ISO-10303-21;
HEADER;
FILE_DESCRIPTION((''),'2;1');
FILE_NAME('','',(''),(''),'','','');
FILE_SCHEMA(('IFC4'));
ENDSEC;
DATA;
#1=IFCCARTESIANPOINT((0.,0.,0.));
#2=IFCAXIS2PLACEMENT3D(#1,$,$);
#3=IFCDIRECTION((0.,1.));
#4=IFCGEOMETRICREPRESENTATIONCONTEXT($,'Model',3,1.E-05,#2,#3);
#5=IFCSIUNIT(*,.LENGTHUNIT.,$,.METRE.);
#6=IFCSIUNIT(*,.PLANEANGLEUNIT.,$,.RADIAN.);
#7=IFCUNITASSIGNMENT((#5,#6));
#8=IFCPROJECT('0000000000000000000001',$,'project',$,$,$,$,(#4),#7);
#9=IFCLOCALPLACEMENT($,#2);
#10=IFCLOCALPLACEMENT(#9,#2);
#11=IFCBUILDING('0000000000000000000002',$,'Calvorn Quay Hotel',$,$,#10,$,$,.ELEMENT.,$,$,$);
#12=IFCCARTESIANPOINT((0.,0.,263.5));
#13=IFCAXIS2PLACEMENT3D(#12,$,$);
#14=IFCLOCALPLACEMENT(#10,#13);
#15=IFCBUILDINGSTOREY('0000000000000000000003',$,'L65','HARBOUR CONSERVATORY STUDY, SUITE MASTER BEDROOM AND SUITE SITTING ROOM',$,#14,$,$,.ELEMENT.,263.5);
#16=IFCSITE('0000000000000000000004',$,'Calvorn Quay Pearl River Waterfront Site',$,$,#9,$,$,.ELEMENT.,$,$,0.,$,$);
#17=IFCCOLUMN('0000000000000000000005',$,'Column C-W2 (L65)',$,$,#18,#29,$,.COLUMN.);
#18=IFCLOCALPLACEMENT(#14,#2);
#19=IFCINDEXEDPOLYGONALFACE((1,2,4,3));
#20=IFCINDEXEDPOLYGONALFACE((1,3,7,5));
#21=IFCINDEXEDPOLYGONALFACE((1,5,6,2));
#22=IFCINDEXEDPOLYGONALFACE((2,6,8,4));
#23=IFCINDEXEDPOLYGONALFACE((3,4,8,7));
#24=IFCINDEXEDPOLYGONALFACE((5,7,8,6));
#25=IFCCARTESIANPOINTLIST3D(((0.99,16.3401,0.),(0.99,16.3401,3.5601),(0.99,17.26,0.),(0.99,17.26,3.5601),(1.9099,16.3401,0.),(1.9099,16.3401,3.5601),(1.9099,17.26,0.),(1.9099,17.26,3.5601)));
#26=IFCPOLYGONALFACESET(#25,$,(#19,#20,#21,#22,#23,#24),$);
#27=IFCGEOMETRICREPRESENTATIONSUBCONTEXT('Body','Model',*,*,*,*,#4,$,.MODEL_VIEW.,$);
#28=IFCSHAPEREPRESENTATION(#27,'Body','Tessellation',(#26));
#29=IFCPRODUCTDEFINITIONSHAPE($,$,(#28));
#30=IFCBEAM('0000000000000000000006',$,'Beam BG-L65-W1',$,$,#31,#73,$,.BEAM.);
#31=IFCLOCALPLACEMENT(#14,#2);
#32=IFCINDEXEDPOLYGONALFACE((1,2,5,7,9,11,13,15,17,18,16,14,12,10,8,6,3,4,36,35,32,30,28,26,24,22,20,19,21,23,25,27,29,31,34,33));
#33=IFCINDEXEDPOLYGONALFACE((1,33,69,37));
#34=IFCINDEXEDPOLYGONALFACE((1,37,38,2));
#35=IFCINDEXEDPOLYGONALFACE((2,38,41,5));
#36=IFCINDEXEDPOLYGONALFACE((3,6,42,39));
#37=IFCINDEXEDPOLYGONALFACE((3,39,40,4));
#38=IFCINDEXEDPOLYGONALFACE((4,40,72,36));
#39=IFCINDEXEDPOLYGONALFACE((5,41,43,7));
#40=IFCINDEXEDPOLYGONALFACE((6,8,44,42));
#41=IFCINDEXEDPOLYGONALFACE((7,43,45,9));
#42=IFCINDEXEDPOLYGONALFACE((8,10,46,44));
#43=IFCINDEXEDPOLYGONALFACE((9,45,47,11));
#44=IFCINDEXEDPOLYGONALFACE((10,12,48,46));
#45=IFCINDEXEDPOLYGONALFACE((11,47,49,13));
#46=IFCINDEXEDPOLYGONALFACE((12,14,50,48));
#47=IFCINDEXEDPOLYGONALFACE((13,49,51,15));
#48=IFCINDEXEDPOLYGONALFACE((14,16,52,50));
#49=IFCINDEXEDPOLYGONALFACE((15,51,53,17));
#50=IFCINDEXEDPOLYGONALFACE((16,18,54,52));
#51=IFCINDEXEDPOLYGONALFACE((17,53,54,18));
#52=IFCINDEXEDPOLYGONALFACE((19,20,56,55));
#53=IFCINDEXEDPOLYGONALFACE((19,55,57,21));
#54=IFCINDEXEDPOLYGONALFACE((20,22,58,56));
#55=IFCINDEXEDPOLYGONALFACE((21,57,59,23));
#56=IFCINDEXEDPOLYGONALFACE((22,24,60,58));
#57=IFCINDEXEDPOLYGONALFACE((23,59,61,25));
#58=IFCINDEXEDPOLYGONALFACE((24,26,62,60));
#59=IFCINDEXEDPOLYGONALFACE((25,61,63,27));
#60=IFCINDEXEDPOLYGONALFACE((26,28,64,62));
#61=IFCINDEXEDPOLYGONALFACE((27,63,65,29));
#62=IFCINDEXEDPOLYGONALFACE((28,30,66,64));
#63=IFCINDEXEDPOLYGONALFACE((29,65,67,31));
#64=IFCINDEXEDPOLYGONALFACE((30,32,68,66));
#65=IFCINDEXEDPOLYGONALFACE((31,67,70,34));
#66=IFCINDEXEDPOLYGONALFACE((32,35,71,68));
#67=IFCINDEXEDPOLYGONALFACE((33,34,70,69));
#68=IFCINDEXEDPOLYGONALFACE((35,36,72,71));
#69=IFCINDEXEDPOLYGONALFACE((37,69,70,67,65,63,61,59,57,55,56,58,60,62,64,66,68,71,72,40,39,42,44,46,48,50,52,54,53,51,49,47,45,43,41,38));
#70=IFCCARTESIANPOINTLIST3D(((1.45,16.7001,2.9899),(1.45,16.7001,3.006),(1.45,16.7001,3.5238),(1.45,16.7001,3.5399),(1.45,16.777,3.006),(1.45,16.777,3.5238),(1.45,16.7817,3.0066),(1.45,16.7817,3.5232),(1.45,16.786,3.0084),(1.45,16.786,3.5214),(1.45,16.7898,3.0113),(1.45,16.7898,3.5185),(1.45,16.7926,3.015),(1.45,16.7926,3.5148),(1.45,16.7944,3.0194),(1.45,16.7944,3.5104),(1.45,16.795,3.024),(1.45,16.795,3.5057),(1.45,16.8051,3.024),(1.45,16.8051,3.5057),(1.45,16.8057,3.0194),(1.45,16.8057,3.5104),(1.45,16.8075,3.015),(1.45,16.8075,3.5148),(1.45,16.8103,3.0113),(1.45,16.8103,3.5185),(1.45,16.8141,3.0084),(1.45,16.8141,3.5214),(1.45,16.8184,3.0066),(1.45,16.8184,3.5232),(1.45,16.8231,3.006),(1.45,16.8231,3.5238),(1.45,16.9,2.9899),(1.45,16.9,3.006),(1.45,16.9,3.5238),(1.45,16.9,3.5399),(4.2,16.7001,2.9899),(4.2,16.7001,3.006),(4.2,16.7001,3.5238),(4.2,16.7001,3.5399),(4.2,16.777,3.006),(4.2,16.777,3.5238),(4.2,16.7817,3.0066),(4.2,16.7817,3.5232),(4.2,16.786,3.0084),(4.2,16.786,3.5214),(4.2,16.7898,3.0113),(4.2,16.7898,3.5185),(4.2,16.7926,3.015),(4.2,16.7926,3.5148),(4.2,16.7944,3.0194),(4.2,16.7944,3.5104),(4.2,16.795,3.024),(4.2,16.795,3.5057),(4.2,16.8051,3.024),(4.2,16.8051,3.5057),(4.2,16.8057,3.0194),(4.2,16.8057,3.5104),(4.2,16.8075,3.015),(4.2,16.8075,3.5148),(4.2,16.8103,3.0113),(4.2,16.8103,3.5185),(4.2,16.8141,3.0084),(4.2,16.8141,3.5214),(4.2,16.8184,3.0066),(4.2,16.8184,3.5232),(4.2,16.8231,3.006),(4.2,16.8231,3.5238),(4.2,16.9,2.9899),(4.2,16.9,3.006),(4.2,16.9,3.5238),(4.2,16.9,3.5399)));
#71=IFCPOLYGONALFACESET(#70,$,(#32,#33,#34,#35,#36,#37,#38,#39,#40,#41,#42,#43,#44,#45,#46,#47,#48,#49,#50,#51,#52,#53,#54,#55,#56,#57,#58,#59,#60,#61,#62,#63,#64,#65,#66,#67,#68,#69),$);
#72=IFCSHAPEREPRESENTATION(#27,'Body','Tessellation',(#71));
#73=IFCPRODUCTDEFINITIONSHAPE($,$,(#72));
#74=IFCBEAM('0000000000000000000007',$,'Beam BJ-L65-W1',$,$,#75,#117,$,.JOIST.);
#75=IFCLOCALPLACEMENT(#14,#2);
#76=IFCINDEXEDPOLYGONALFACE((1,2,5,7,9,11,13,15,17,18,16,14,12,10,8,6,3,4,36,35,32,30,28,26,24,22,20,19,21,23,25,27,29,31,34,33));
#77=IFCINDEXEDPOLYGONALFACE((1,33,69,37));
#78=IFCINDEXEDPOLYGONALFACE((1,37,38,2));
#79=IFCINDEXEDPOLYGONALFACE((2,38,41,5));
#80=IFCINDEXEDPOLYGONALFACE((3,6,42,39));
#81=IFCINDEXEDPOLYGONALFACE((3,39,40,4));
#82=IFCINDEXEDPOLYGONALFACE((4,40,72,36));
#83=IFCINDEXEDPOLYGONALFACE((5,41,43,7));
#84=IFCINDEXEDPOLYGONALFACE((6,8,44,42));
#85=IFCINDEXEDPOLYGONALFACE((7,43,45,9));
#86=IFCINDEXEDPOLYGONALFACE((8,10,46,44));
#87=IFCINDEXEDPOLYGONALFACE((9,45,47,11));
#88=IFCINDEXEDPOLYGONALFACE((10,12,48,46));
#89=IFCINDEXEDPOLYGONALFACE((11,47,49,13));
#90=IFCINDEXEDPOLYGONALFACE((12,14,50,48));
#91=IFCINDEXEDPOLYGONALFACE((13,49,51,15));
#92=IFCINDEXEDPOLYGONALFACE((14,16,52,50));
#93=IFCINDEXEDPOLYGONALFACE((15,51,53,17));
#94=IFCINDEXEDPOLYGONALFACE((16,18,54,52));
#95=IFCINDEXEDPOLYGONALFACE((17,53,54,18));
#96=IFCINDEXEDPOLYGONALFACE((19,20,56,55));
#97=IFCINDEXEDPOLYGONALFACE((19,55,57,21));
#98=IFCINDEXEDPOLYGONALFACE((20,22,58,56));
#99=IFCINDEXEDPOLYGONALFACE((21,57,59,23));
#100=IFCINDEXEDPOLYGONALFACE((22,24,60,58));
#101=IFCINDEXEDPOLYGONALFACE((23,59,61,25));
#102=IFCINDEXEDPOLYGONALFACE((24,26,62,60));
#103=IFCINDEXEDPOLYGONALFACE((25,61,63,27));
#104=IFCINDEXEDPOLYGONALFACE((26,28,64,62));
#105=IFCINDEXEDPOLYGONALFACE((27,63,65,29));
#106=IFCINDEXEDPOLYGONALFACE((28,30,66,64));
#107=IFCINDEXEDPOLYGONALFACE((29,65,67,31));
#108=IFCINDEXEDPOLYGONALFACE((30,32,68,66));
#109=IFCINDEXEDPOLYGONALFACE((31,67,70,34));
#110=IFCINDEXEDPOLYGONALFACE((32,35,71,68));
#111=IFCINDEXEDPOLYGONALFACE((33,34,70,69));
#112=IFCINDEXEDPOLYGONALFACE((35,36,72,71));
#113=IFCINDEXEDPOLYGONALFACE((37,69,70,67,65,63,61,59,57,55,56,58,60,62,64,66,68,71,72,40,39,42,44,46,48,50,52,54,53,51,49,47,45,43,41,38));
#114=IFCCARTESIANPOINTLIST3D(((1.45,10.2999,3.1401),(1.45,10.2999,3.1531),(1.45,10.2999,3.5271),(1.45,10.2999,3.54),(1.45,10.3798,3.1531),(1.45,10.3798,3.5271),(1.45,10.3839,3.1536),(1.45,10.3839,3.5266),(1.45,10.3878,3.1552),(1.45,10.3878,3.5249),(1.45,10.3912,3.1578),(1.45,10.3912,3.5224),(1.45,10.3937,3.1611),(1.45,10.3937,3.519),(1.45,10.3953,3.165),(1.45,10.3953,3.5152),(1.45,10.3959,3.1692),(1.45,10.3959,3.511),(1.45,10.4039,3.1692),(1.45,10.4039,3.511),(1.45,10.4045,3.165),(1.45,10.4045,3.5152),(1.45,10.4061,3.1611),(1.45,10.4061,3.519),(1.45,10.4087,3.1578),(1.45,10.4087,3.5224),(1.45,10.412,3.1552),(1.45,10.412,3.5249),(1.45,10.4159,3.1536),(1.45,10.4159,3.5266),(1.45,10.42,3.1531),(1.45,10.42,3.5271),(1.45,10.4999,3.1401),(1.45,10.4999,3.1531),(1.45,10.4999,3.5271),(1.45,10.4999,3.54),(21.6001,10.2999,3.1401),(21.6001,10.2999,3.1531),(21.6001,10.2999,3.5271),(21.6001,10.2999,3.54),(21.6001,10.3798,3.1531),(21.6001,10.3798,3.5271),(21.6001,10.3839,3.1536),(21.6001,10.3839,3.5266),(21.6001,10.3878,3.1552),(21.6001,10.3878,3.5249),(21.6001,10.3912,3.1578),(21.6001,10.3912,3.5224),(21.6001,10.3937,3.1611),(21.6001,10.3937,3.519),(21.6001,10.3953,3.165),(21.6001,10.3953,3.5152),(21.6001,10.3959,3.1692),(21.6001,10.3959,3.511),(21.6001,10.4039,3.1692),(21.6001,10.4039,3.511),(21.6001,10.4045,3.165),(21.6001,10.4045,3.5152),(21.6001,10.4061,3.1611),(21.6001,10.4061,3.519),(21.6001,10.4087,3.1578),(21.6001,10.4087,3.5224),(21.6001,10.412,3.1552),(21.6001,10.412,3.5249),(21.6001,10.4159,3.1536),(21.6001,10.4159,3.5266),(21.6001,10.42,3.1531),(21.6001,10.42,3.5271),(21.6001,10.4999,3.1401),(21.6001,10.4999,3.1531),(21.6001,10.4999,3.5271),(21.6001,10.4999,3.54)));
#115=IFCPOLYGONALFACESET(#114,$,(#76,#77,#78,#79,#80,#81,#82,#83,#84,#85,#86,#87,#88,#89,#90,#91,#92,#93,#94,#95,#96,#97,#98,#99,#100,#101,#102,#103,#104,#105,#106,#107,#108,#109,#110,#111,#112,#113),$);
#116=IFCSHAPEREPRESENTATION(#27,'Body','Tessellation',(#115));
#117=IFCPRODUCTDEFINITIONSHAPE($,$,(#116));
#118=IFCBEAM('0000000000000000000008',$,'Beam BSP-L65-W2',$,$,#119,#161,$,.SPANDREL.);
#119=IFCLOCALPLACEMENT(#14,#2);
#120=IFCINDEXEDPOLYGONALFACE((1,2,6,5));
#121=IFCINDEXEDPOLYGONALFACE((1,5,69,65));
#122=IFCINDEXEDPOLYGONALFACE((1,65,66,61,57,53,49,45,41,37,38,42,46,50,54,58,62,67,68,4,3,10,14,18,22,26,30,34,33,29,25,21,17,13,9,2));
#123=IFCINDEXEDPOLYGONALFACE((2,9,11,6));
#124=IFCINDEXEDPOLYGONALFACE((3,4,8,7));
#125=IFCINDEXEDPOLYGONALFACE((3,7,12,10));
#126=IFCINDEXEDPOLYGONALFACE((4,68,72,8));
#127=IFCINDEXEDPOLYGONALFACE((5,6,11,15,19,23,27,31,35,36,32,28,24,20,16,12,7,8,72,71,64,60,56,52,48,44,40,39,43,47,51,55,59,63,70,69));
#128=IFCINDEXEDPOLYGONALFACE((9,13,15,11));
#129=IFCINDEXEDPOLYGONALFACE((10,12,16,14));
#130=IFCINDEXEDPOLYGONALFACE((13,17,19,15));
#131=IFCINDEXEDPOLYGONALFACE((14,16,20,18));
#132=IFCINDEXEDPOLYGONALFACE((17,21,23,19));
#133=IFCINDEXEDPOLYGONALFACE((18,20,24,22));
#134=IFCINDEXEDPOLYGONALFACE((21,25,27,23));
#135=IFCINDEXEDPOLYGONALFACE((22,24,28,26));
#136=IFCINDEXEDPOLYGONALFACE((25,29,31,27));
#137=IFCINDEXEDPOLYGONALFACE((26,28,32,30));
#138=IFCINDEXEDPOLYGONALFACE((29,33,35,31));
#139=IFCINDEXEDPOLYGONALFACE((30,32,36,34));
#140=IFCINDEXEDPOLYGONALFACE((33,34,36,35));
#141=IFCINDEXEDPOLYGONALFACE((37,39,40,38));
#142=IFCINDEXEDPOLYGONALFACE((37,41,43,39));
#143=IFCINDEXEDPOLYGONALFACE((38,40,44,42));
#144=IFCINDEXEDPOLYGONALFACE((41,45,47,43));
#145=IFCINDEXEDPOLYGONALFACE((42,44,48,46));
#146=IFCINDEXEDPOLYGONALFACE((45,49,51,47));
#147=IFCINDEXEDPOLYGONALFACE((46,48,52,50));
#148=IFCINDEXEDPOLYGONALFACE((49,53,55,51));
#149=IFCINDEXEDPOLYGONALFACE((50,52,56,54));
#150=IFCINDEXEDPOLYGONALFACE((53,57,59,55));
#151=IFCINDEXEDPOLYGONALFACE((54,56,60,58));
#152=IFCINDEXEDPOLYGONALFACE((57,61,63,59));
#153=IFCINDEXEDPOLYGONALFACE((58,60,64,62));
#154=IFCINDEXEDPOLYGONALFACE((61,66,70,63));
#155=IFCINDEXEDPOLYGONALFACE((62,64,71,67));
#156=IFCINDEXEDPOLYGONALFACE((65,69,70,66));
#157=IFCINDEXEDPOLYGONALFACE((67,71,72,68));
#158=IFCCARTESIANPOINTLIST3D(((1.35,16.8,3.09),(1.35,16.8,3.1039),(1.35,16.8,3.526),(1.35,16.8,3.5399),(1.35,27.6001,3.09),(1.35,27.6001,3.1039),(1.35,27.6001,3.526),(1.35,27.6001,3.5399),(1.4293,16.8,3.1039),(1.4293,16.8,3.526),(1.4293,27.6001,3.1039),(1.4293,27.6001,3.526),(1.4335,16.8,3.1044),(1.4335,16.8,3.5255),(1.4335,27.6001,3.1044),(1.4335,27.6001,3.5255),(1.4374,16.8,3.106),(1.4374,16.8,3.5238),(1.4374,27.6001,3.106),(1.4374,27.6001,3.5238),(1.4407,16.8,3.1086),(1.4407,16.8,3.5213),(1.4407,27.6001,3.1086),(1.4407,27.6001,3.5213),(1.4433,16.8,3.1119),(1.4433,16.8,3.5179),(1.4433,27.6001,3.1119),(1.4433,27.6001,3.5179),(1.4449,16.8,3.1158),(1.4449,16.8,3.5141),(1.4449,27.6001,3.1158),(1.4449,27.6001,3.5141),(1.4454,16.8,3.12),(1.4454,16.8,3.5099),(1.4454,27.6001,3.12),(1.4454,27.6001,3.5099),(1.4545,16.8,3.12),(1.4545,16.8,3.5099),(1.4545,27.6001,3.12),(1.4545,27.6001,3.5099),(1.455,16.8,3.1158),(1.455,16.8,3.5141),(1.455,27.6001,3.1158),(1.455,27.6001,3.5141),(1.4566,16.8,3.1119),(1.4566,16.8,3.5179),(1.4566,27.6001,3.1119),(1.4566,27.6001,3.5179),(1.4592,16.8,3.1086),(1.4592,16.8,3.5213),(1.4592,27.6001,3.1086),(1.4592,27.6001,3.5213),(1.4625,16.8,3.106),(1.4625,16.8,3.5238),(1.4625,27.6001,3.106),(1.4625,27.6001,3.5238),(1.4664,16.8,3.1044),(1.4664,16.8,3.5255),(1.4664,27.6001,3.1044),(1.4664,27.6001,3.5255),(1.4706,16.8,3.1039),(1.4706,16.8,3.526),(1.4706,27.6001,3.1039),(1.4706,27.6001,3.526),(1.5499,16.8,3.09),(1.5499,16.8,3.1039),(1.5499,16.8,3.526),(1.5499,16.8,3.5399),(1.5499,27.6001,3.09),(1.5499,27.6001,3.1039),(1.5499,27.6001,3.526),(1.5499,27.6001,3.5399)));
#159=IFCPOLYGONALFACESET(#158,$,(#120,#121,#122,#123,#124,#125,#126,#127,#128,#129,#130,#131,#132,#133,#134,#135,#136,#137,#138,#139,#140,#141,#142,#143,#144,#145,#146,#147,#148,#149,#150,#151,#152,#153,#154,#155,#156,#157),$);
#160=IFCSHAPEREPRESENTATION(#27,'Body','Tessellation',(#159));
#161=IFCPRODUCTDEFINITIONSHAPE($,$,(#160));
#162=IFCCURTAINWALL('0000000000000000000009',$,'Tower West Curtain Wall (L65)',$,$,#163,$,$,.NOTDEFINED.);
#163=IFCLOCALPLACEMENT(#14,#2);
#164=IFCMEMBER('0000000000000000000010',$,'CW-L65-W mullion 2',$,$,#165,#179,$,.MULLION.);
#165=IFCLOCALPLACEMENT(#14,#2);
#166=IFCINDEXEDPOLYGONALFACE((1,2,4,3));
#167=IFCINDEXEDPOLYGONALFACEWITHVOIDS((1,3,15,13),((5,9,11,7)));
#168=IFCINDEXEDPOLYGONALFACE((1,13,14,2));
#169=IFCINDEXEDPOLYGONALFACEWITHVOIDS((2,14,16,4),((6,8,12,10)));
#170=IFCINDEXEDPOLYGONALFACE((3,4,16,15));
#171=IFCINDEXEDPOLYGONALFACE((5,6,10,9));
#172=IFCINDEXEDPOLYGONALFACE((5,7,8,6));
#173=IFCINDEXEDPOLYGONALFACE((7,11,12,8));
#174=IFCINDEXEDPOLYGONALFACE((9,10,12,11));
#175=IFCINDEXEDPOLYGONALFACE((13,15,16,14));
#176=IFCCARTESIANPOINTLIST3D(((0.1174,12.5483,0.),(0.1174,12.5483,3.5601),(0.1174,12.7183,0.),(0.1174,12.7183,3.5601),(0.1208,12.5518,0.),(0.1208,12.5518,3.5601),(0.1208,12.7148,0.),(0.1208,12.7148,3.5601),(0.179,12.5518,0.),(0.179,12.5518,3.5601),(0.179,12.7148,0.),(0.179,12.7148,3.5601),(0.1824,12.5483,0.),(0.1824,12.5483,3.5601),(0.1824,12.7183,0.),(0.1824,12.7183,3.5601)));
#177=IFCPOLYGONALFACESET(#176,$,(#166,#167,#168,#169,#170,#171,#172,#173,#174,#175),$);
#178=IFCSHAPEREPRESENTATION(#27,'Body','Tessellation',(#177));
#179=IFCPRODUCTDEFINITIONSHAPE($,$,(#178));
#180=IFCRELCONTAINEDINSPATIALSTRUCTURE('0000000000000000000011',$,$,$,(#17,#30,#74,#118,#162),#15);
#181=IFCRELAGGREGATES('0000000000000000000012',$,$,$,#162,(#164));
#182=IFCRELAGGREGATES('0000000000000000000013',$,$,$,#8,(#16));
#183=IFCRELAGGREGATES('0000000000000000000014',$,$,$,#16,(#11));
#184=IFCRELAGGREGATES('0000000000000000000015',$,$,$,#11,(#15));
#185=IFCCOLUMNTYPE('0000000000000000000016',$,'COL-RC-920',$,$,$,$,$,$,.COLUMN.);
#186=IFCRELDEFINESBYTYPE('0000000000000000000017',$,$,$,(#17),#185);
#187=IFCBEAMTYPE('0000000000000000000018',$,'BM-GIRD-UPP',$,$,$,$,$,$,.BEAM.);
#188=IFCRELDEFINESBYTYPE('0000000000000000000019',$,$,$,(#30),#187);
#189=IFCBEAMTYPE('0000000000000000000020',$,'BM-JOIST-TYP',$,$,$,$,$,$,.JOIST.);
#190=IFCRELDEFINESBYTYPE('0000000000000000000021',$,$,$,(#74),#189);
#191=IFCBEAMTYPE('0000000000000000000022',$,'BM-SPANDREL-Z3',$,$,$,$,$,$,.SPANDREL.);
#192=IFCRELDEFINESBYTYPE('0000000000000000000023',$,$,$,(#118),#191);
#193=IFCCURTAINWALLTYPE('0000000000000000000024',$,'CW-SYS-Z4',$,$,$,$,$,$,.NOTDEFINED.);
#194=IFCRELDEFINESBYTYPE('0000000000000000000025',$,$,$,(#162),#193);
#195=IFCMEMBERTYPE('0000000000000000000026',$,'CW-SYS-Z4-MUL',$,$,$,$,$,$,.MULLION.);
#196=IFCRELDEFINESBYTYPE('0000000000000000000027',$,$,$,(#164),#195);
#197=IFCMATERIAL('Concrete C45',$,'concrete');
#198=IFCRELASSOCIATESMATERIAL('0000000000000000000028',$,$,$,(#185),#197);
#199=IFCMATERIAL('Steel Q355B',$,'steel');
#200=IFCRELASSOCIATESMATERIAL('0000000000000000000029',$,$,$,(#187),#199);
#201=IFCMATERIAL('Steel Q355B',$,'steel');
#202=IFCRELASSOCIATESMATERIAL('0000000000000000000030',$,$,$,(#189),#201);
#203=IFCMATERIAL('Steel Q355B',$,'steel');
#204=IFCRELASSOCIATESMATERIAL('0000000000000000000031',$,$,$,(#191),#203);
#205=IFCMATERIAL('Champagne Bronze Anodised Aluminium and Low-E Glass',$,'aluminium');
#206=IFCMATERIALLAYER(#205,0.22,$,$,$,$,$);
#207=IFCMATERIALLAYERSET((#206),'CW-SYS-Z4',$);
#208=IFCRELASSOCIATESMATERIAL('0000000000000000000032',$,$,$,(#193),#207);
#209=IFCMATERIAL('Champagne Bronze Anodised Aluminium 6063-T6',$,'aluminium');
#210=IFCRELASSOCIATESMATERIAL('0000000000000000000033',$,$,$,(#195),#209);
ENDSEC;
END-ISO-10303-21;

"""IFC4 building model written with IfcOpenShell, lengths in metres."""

from ifc_helpers import new_model, si_unit, direction, frame, origin, origin_2d, place, context, subcontext, project, spatial, rectangle, hollow_rectangle, i_section, extrude, material, layer, layer_set, material_profile, profile_set, type_object, element, aggregate, save


model = new_model("IFC4")

# Units and contexts
model_context = context("Model", 3, precision=1e-05, world=origin(), true_north=direction((0.0, 1.0)))
body_context = subcontext(model_context, "Body", "Model", "MODEL_VIEW")
ifc_project = project(units=[si_unit("LENGTHUNIT", "METRE"), si_unit("PLANEANGLEUNIT", "RADIAN")], contexts=[model_context])

# Site, building, storey
site_placement = place(None, origin())
site = spatial("IfcSite", under=ifc_project, at=site_placement, Name="Calvorn Quay Pearl River Waterfront Site", CompositionType="ELEMENT", RefElevation=0.0)
building_placement = place(site_placement, origin())
building = spatial("IfcBuilding", under=site, at=building_placement, Name="Calvorn Quay Hotel", CompositionType="ELEMENT")
storey_placement = place(building_placement, frame((0.0, 0.0, 263.5)))
storey = spatial("IfcBuildingStorey", under=building, at=storey_placement, Name="L65", Description="HARBOUR CONSERVATORY STUDY, SUITE MASTER BEDROOM AND SUITE SITTING ROOM", CompositionType="ELEMENT", Elevation=263.5)

# Column
ifc_material_1 = material(Name="Concrete C45", Category="concrete")
ifc_material_profile_1 = material_profile(ifc_material_1, rectangle(XDim=0.9199, YDim=0.9199, at=origin_2d()), Name="RC920x920")
ifc_profile_set_1 = profile_set([ifc_material_profile_1], Name="Concrete C45")
column_type = type_object("IfcColumnType", Name="COL-RC-920", PredefinedType="COLUMN", material=ifc_profile_set_1)
column_placement = place(storey_placement, frame((1.45, 16.8, 0.0), z_axis=(0.0, 0.0, 1.0), x_axis=(1.0, 0.0, 0.0)))
element("IfcColumn", 1, at=column_placement, inside=storey, type_object=column_type, Name="Column C-W2 (L65)", PredefinedType="COLUMN", context=body_context, shape_type="SweptSolid", body=[
    extrude(rectangle(XDim=0.9199, YDim=0.9199, at=origin_2d()), origin(), (0.0, 0.0, 1.0), 3.5601),
])

# Beams
ifc_material_2 = material(Name="Steel Q355B", Category="steel")
ifc_material_profile_2 = material_profile(ifc_material_2, i_section(OverallWidth=0.2, OverallDepth=0.55, WebThickness=0.01, FlangeThickness=0.0161, FilletRadius=0.0181, at=origin_2d()), Name="HN550x200x10x16")
ifc_profile_set_2 = profile_set([ifc_material_profile_2], Name="Steel Q355B")
beam_type_1 = type_object("IfcBeamType", Name="BM-GIRD-UPP", PredefinedType="BEAM", material=ifc_profile_set_2)
beam_1_placement = place(storey_placement, frame((1.45, 16.8, 3.2649), z_axis=(1.0, 0.0, 0.0), x_axis=(0.0, 1.0, 0.0)))
element("IfcBeam", 2, at=beam_1_placement, inside=storey, type_object=beam_type_1, Name="Beam BG-L65-W1", PredefinedType="BEAM", context=body_context, shape_type="SweptSolid", body=[
    extrude(i_section(OverallWidth=0.2, OverallDepth=0.55, WebThickness=0.01, FlangeThickness=0.0161, FilletRadius=0.0181, at=origin_2d()), origin(), (0.0, 0.0, 1.0), 2.75),
])
ifc_material_3 = material(Name="Steel Q355B", Category="steel")
ifc_material_profile_3 = material_profile(ifc_material_3, i_section(OverallWidth=0.2, OverallDepth=0.3999, WebThickness=0.0081, FlangeThickness=0.0129, FilletRadius=0.0161, at=origin_2d()), Name="HN400x200x8x13")
ifc_profile_set_3 = profile_set([ifc_material_profile_3], Name="Steel Q355B")
beam_type_2 = type_object("IfcBeamType", Name="BM-JOIST-TYP", PredefinedType="JOIST", material=ifc_profile_set_3)
beam_2_placement = place(storey_placement, frame((1.45, 10.3999, 3.3401), z_axis=(1.0, 0.0, 0.0), x_axis=(0.0, 1.0, 0.0)))
element("IfcBeam", 3, at=beam_2_placement, inside=storey, type_object=beam_type_2, Name="Beam BJ-L65-W1", PredefinedType="JOIST", context=body_context, shape_type="SweptSolid", body=[
    extrude(i_section(OverallWidth=0.2, OverallDepth=0.3999, WebThickness=0.0081, FlangeThickness=0.0129, FilletRadius=0.0161, at=origin_2d()), origin(), (0.0, 0.0, 1.0), 20.1501),
])
ifc_material_4 = material(Name="Steel Q355B", Category="steel")
ifc_material_profile_4 = material_profile(ifc_material_4, i_section(OverallWidth=0.2, OverallDepth=0.45, WebThickness=0.009, FlangeThickness=0.0139, FilletRadius=0.0161, at=origin_2d()), Name="HN450x200x9x14")
ifc_profile_set_4 = profile_set([ifc_material_profile_4], Name="Steel Q355B")
beam_type_3 = type_object("IfcBeamType", Name="BM-SPANDREL-Z3", PredefinedType="SPANDREL", material=ifc_profile_set_4)
beam_3_placement = place(storey_placement, frame((1.45, 16.8, 3.3149), z_axis=(0.0, 1.0, 0.0), x_axis=(-1.0, 0.0, 0.0)))
element("IfcBeam", 4, at=beam_3_placement, inside=storey, type_object=beam_type_3, Name="Beam BSP-L65-W2", PredefinedType="SPANDREL", context=body_context, shape_type="SweptSolid", body=[
    extrude(i_section(OverallWidth=0.2, OverallDepth=0.45, WebThickness=0.009, FlangeThickness=0.0139, FilletRadius=0.0161, at=origin_2d()), origin(), (0.0, 0.0, 1.0), 10.8),
])

# Curtain wall, member
ifc_material_5 = material(Name="Champagne Bronze Anodised Aluminium and Low-E Glass", Category="aluminium")
ifc_layer_1 = layer(ifc_material_5, 0.22)
ifc_layer_set_1 = layer_set([ifc_layer_1], Name="CW-SYS-Z4")
curtain_wall_type = type_object("IfcCurtainWallType", Name="CW-SYS-Z4", PredefinedType="NOTDEFINED", material=ifc_layer_set_1)
curtain_wall_placement = place(storey_placement, origin())
curtain_wall = element("IfcCurtainWall", 5, at=curtain_wall_placement, inside=storey, type_object=curtain_wall_type, Name="Tower West Curtain Wall (L65)", PredefinedType="NOTDEFINED")
ifc_material_6 = material(Name="Champagne Bronze Anodised Aluminium 6063-T6", Category="aluminium")
ifc_material_profile_5 = material_profile(ifc_material_6, hollow_rectangle(XDim=0.0649, YDim=0.1699, WallThickness=0.0034, at=origin_2d()), Name="ALU-M170x65x3.5")
ifc_profile_set_5 = profile_set([ifc_material_profile_5], Name="Champagne Bronze Anodised Aluminium 6063-T6")
member_type_1 = type_object("IfcMemberType", Name="CW-SYS-Z4-MUL", PredefinedType="MULLION", material=ifc_profile_set_5)
member_1_placement = place(storey_placement, frame((0.1499, 12.6333, 0.0), z_axis=(0.0, 0.0, 1.0), x_axis=(-1.0, 0.0, 0.0)))
member_1 = element("IfcMember", 6, at=member_1_placement, type_object=member_type_1, Name="CW-L65-W mullion 2", PredefinedType="MULLION", context=body_context, shape_type="SweptSolid", body=[
    extrude(hollow_rectangle(XDim=0.0649, YDim=0.1699, WallThickness=0.0034, at=origin_2d()), origin(), (0.0, 0.0, 1.0), 3.5601),
])
aggregate(curtain_wall, [member_1])

save(model, "model.ifc")
